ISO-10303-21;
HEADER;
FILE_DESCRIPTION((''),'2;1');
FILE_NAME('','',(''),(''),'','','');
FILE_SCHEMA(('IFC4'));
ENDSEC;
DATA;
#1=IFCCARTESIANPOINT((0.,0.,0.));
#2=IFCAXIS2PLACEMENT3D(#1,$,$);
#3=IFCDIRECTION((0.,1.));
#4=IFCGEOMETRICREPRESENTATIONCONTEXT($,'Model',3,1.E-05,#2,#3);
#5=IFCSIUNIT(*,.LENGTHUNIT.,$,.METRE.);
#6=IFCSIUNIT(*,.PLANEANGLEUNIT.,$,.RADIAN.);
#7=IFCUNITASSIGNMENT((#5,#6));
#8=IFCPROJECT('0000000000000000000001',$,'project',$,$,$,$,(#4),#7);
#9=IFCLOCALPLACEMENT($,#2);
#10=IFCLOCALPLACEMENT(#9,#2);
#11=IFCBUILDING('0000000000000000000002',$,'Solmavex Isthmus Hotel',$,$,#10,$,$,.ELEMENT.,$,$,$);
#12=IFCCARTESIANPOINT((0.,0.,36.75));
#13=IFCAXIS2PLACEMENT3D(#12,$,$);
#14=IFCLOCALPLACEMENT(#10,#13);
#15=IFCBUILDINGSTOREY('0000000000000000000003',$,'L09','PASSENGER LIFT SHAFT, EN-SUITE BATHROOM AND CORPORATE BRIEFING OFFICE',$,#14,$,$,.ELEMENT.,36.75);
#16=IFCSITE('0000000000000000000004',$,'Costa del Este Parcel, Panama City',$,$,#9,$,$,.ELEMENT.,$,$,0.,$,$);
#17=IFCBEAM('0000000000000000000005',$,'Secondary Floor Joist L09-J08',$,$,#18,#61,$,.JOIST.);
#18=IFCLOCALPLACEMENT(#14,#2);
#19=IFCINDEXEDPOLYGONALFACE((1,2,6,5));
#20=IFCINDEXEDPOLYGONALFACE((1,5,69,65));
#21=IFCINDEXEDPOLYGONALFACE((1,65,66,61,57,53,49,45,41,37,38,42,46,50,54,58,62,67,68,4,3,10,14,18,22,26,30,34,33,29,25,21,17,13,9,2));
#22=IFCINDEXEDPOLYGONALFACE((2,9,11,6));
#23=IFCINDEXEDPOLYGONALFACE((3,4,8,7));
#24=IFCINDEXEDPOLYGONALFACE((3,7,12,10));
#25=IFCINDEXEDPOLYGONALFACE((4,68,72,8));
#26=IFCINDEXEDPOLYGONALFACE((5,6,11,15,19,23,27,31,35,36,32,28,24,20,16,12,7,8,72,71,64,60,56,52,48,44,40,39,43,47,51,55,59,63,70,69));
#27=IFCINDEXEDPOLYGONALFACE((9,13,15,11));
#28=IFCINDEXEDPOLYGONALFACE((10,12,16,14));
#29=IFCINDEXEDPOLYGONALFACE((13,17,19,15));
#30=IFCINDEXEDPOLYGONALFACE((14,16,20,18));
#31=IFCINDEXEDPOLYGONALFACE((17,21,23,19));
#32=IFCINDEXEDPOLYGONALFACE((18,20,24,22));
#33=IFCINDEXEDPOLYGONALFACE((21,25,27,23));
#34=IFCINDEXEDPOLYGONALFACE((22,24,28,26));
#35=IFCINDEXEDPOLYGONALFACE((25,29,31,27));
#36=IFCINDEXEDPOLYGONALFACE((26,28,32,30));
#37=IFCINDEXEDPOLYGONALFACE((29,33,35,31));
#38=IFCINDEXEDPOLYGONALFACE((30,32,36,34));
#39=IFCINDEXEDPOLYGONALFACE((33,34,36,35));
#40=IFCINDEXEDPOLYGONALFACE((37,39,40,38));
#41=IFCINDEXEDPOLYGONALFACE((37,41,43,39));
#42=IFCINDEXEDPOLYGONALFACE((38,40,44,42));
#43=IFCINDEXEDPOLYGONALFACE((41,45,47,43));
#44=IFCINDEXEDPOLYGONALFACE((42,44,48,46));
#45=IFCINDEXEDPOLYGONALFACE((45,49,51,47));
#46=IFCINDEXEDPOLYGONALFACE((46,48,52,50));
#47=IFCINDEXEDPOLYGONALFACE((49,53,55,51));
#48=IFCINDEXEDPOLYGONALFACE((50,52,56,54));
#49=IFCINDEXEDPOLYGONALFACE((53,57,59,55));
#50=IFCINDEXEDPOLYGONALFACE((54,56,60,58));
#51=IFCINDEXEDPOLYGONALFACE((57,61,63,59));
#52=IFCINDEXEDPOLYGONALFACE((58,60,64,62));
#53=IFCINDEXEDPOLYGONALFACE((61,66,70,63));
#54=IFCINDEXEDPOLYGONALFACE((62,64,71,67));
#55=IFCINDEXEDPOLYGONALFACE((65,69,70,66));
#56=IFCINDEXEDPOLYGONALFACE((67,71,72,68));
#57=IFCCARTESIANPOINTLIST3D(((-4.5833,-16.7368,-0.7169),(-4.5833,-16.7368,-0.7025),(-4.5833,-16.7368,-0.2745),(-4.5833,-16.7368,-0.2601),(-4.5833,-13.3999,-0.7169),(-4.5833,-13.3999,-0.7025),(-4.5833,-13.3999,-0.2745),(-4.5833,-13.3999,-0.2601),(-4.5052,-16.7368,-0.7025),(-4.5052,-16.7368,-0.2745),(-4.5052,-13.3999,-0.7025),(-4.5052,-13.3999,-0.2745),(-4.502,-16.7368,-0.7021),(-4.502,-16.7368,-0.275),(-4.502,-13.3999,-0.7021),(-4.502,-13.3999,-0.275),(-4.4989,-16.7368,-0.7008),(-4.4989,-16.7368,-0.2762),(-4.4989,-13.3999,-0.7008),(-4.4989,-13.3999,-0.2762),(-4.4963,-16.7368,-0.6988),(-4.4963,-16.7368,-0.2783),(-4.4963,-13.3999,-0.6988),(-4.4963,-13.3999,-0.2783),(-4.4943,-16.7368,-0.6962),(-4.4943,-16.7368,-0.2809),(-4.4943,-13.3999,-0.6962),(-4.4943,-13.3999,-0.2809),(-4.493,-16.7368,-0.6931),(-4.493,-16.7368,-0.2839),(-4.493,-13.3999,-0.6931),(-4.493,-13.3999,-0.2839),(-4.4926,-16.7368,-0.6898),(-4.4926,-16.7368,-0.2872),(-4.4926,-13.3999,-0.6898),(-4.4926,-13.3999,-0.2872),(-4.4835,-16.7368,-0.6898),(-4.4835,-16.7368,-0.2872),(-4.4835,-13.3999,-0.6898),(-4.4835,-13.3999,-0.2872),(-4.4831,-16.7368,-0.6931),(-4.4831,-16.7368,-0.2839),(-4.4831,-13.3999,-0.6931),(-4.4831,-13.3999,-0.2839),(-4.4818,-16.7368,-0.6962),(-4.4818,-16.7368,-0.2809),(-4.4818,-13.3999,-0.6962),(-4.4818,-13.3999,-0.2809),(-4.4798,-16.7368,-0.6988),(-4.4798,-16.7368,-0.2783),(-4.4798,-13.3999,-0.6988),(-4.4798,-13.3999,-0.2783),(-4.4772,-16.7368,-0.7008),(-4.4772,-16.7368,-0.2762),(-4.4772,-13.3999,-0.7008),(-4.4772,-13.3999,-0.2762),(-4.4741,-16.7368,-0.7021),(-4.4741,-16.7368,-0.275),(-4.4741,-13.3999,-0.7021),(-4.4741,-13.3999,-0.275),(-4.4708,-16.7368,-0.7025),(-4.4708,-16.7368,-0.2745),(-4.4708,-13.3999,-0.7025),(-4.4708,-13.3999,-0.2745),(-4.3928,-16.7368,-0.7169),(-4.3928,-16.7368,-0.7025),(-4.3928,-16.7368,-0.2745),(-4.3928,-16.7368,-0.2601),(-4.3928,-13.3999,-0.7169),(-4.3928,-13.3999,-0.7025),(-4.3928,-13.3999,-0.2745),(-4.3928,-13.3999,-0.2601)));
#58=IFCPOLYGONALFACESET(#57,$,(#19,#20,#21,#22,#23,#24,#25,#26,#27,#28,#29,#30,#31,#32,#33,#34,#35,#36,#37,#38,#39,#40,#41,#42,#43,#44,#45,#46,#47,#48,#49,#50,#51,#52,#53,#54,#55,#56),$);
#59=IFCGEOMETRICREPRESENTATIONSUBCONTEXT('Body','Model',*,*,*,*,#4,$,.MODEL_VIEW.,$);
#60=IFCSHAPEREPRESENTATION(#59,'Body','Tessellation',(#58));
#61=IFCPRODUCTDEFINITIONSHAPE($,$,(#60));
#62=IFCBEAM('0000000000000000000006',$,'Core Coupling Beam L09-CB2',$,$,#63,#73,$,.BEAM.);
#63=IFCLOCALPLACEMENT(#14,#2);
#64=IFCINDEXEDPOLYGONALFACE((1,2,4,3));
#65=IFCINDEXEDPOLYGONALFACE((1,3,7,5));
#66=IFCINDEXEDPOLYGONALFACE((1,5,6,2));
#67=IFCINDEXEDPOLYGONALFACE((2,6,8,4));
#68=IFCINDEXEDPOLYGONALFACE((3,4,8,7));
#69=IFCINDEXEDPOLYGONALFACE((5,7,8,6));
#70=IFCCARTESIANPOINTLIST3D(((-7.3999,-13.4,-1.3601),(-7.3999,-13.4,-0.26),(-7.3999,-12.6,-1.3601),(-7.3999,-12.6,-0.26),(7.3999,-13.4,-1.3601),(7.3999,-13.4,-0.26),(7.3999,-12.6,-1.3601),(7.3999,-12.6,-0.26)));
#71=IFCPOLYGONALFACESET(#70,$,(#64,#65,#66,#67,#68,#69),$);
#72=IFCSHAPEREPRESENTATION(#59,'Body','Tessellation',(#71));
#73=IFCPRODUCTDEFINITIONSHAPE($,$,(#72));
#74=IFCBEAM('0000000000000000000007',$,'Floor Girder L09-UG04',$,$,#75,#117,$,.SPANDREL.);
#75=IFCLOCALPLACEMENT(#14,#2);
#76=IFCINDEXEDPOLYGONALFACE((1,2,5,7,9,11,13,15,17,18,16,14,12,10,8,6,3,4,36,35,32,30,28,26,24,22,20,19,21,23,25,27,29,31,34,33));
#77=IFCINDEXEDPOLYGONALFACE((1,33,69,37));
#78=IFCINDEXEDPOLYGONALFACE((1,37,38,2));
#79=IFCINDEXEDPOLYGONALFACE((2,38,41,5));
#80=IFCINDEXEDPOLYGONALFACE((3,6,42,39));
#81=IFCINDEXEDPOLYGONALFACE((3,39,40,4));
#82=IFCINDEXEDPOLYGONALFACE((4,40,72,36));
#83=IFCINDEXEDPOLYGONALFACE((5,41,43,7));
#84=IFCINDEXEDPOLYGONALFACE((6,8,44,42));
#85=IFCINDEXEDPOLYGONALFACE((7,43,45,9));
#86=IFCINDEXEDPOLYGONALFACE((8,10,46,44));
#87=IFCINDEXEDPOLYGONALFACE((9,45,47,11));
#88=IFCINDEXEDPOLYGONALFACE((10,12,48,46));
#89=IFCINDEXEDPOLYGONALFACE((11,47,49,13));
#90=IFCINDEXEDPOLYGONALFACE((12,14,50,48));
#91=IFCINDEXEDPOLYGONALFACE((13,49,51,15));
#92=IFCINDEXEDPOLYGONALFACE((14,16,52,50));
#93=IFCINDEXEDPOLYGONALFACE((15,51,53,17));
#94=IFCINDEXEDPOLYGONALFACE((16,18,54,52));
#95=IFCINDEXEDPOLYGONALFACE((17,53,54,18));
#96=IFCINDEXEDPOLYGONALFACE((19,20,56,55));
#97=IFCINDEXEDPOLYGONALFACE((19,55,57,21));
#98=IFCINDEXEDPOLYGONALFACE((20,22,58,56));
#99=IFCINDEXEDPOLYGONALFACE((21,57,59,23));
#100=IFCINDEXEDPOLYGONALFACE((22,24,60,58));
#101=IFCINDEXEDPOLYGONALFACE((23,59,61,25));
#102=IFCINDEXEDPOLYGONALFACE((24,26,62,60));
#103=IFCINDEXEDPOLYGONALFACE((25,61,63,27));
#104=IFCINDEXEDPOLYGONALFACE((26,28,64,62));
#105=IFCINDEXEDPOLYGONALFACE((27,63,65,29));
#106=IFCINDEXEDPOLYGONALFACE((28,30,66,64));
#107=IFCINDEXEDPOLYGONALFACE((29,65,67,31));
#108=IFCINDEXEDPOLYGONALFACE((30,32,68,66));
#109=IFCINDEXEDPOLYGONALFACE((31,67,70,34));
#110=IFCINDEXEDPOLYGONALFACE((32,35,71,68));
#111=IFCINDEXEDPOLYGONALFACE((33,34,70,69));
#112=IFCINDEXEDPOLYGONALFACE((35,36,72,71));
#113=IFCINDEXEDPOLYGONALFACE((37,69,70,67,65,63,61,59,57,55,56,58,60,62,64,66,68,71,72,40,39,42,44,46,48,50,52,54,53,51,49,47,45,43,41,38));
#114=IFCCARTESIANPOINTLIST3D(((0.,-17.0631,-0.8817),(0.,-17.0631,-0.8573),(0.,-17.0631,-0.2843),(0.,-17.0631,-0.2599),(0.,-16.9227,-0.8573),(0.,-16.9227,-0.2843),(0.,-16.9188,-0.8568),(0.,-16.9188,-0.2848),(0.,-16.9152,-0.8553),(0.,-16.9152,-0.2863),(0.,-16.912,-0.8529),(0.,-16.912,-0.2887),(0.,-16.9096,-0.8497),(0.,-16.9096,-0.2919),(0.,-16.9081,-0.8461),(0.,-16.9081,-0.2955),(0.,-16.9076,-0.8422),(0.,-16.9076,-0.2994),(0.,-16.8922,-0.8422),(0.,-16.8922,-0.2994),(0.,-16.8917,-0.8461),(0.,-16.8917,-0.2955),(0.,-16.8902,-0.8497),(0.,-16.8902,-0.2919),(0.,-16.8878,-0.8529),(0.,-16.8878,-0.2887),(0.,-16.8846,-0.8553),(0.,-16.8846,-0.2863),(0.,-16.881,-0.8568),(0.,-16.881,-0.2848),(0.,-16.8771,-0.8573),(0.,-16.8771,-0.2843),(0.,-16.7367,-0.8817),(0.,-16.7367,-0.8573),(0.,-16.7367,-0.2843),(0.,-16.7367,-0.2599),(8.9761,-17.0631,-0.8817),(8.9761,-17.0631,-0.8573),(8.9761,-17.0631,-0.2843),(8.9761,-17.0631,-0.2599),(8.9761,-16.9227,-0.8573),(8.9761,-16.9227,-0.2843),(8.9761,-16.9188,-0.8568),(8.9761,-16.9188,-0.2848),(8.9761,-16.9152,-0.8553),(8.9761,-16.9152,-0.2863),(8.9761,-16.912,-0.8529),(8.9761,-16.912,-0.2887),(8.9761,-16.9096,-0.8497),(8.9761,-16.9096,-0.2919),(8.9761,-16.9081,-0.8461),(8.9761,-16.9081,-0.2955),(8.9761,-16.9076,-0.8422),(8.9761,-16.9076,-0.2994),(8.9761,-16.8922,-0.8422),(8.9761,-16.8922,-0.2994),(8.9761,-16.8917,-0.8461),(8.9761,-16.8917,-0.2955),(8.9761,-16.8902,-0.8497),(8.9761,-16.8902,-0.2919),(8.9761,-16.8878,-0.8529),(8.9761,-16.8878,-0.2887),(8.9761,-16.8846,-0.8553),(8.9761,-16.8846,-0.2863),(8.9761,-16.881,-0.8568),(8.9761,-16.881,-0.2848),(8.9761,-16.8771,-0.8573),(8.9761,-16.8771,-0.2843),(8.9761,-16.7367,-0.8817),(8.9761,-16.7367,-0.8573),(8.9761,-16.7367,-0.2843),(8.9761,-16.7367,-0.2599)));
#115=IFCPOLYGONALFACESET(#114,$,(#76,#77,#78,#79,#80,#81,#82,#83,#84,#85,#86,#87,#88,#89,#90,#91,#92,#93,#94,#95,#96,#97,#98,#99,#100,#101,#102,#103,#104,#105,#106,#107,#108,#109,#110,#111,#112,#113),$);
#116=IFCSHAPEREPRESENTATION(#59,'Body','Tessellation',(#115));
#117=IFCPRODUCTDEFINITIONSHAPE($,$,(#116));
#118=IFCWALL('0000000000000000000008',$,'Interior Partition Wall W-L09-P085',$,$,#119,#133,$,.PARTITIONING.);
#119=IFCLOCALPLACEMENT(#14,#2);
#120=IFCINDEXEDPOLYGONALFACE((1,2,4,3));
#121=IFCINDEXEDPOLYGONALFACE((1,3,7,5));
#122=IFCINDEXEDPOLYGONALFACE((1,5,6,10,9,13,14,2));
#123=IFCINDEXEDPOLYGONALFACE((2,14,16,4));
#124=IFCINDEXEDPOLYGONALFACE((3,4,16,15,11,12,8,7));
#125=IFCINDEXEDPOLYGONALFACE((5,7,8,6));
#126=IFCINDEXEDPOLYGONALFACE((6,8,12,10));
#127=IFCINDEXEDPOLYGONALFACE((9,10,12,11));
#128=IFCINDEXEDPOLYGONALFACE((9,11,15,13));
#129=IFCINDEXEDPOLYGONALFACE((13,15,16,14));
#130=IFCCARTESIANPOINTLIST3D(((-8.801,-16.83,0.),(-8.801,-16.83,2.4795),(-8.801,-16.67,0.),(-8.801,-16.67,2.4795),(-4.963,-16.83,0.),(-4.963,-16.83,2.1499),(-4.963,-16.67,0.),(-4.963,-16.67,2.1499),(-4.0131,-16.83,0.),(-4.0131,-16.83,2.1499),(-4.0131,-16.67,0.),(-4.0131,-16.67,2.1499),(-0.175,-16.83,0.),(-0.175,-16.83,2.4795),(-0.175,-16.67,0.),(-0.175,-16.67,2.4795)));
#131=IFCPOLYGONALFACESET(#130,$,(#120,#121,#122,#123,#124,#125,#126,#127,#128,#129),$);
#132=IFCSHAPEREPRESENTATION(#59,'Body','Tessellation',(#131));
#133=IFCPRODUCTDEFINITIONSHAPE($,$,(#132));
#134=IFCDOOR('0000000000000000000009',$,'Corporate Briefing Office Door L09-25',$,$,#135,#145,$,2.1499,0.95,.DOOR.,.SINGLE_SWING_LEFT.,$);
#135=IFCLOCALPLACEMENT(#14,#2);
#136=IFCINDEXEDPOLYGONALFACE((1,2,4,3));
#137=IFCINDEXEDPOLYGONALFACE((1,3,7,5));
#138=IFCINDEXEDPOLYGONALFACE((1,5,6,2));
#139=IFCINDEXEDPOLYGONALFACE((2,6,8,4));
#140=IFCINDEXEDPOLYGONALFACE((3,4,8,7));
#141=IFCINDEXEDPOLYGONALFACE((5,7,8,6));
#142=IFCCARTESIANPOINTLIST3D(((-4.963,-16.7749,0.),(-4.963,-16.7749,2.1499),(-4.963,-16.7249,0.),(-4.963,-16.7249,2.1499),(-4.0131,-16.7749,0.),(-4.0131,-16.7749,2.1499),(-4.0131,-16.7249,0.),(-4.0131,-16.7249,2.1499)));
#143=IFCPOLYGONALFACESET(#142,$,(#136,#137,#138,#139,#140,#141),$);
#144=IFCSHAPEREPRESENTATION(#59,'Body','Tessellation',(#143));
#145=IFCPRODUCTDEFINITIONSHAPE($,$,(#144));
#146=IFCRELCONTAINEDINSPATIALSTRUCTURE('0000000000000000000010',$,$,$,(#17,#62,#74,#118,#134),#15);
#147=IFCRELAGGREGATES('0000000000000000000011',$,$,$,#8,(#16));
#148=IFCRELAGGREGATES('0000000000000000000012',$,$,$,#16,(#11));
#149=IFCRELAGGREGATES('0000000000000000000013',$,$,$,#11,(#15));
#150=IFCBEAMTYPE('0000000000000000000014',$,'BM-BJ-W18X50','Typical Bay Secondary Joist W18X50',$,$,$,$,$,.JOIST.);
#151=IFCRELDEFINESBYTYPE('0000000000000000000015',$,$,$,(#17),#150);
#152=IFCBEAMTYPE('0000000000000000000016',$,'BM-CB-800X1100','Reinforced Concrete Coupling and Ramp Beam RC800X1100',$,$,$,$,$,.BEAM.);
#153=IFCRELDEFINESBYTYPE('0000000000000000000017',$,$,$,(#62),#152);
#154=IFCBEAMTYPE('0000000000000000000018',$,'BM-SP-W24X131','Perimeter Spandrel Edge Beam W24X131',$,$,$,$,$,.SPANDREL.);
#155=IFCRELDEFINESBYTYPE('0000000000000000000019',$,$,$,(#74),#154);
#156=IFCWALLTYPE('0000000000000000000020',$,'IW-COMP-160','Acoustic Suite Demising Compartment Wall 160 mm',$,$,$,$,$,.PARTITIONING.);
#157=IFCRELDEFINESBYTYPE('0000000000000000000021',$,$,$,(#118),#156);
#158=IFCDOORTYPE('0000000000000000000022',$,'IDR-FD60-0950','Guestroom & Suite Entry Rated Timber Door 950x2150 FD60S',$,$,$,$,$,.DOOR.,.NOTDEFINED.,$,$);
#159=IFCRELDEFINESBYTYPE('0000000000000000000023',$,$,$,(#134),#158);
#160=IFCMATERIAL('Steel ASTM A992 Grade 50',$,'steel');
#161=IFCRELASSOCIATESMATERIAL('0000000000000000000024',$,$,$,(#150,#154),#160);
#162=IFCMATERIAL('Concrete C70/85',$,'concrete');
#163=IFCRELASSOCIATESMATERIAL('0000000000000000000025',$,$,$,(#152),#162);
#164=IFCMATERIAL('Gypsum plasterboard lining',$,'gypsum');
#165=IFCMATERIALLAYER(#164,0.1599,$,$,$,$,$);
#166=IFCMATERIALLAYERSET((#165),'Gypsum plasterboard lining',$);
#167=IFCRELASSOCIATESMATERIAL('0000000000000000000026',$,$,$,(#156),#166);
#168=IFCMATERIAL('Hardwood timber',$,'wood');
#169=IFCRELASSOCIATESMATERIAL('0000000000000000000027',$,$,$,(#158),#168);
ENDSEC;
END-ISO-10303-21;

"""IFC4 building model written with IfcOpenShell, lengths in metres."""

from ifc_helpers import new_model, si_unit, direction, frame, frame_2d, origin, origin_2d, place, context, subcontext, project, spatial, rectangle, i_section, extrude, material, layer, layer_set, material_profile, profile_set, type_object, element, fill, save


model = new_model("IFC4")

# Units and contexts
model_context = context("Model", 3, precision=1e-05, world=origin(), true_north=direction((0.0, 1.0)))
body_context = subcontext(model_context, "Body", "Model", "MODEL_VIEW")
ifc_project = project(units=[si_unit("LENGTHUNIT", "METRE"), si_unit("PLANEANGLEUNIT", "RADIAN")], contexts=[model_context])

# Site, building, storey
site_placement = place(None, origin())
site = spatial("IfcSite", under=ifc_project, at=site_placement, Name="Costa del Este Parcel, Panama City", CompositionType="ELEMENT", RefElevation=0.0)
building_placement = place(site_placement, origin())
building = spatial("IfcBuilding", under=site, at=building_placement, Name="Solmavex Isthmus Hotel", CompositionType="ELEMENT")
storey_placement = place(building_placement, frame((0.0, 0.0, 36.75)))
storey = spatial("IfcBuildingStorey", under=building, at=storey_placement, Name="L09", Description="PASSENGER LIFT SHAFT, EN-SUITE BATHROOM AND CORPORATE BRIEFING OFFICE", CompositionType="ELEMENT", Elevation=36.75)

# Shared definitions
ifc_material_1 = material(Name="Concrete C70/85", Category="concrete")

# Beams
ifc_material_2 = material(Name="Steel ASTM A992 Grade 50", Category="steel")
ifc_material_profile_1 = material_profile(ifc_material_2, i_section(OverallWidth=0.1904, OverallDepth=0.4568, WebThickness=0.009, FlangeThickness=0.0144, FilletRadius=0.0127, at=origin_2d()), Name="W18X50")
ifc_profile_set_1 = profile_set([ifc_material_profile_1], Name="Steel ASTM A992 Grade 50")
beam_type_1 = type_object("IfcBeamType", Name="BM-BJ-W18X50", Description="Typical Bay Secondary Joist W18X50", PredefinedType="JOIST", material=ifc_profile_set_1)
beam_1_placement = place(storey_placement, frame((-4.488, -16.7368, -0.4885), z_axis=(0.0, 1.0, 0.0), x_axis=(-1.0, 0.0, 0.0)))
element("IfcBeam", 1, at=beam_1_placement, inside=storey, type_object=beam_type_1, Name="Secondary Floor Joist L09-J08", PredefinedType="JOIST", context=body_context, shape_type="SweptSolid", body=[
    extrude(i_section(OverallWidth=0.1904, OverallDepth=0.4568, WebThickness=0.009, FlangeThickness=0.0144, FilletRadius=0.0127, at=origin_2d()), origin(), (0.0, 0.0, 1.0), 3.3369),
])
ifc_material_profile_2 = material_profile(ifc_material_1, rectangle(XDim=0.8, YDim=1.1001, at=origin_2d()), Name="RC800X1100")
ifc_profile_set_2 = profile_set([ifc_material_profile_2], Name="Concrete C70/85")
beam_type_2 = type_object("IfcBeamType", Name="BM-CB-800X1100", Description="Reinforced Concrete Coupling and Ramp Beam RC800X1100", PredefinedType="BEAM", material=ifc_profile_set_2)
beam_2_placement = place(storey_placement, frame((-7.3999, -13.0, -0.8101), z_axis=(1.0, 0.0, 0.0), x_axis=(0.0, 1.0, 0.0)))
element("IfcBeam", 2, at=beam_2_placement, inside=storey, type_object=beam_type_2, Name="Core Coupling Beam L09-CB2", PredefinedType="BEAM", context=body_context, shape_type="SweptSolid", body=[
    extrude(rectangle(XDim=0.8, YDim=1.1001, at=origin_2d()), origin(), (0.0, 0.0, 1.0), 14.7998),
])
ifc_material_profile_3 = material_profile(ifc_material_2, i_section(OverallWidth=0.3264, OverallDepth=0.6218, WebThickness=0.0154, FlangeThickness=0.0244, FilletRadius=0.0151, at=origin_2d()), Name="W24X131")
ifc_profile_set_3 = profile_set([ifc_material_profile_3], Name="Steel ASTM A992 Grade 50")
beam_type_3 = type_object("IfcBeamType", Name="BM-SP-W24X131", Description="Perimeter Spandrel Edge Beam W24X131", PredefinedType="SPANDREL", material=ifc_profile_set_3)
beam_3_placement = place(storey_placement, frame((0.0, -16.8999, -0.5708), z_axis=(1.0, 0.0, 0.0), x_axis=(0.0, 1.0, 0.0)))
element("IfcBeam", 3, at=beam_3_placement, inside=storey, type_object=beam_type_3, Name="Floor Girder L09-UG04", PredefinedType="SPANDREL", context=body_context, shape_type="SweptSolid", body=[
    extrude(i_section(OverallWidth=0.3264, OverallDepth=0.6218, WebThickness=0.0154, FlangeThickness=0.0244, FilletRadius=0.0151, at=origin_2d()), origin(), (0.0, 0.0, 1.0), 8.9761),
])

# Wall, opening, door
ifc_material_3 = material(Name="Gypsum plasterboard lining", Category="gypsum")
ifc_layer_1 = layer(ifc_material_3, 0.1599)
ifc_layer_set_1 = layer_set([ifc_layer_1], Name="Gypsum plasterboard lining")
wall_type_1 = type_object("IfcWallType", Name="IW-COMP-160", Description="Acoustic Suite Demising Compartment Wall 160 mm", PredefinedType="PARTITIONING", material=ifc_layer_set_1)
wall_1_placement = place(storey_placement, frame((-0.175, -16.75, 0.0), z_axis=(0.0, 0.0, 1.0), x_axis=(-1.0, 0.0, 0.0)))
wall_1 = element("IfcWall", 4, at=wall_1_placement, inside=storey, type_object=wall_type_1, Name="Interior Partition Wall W-L09-P085", PredefinedType="PARTITIONING", context=body_context, shape_type="SweptSolid", body=[
    extrude(rectangle(XDim=8.626, YDim=0.1599, at=frame_2d((4.313, 0.0))), origin(), (0.0, 0.0, 1.0), 2.4795),
])
opening_1_placement = place(wall_1_placement, frame((3.8379, 0.0, 0.0)))
opening_1 = element("IfcOpeningElement", 5, at=opening_1_placement, cuts=wall_1, PredefinedType="OPENING", context=body_context, shape_type="SweptSolid", body=[
    extrude(rectangle(XDim=0.95, YDim=2.1499, at=frame_2d((0.4751, 1.075))), frame((0.0, 0.0898, 0.0), z_axis=(0.0, -1.0, 0.0), x_axis=(1.0, 0.0, 0.0)), (0.0, 0.0, 1.0), 0.1799),
])
ifc_material_4 = material(Name="Hardwood timber", Category="wood")
door_type_1 = type_object("IfcDoorType", Name="IDR-FD60-0950", Description="Guestroom & Suite Entry Rated Timber Door 950x2150 FD60S", OperationType="NOTDEFINED", PredefinedType="DOOR", material=ifc_material_4)
door_1_placement = place(opening_1_placement, origin())
door_1 = element("IfcDoor", 6, at=door_1_placement, inside=storey, type_object=door_type_1, Name="Corporate Briefing Office Door L09-25", OperationType="SINGLE_SWING_LEFT", OverallHeight=2.1499, OverallWidth=0.95, PredefinedType="DOOR", context=body_context, shape_type="SweptSolid", body=[
    extrude(rectangle(XDim=0.95, YDim=2.1499, at=frame_2d((0.4751, 1.075))), frame((0.0, 0.0249, 0.0), z_axis=(0.0, -1.0, 0.0), x_axis=(1.0, 0.0, 0.0)), (0.0, 0.0, 1.0), 0.05),
])
fill(opening_1, door_1)

save(model, "model.ifc")
